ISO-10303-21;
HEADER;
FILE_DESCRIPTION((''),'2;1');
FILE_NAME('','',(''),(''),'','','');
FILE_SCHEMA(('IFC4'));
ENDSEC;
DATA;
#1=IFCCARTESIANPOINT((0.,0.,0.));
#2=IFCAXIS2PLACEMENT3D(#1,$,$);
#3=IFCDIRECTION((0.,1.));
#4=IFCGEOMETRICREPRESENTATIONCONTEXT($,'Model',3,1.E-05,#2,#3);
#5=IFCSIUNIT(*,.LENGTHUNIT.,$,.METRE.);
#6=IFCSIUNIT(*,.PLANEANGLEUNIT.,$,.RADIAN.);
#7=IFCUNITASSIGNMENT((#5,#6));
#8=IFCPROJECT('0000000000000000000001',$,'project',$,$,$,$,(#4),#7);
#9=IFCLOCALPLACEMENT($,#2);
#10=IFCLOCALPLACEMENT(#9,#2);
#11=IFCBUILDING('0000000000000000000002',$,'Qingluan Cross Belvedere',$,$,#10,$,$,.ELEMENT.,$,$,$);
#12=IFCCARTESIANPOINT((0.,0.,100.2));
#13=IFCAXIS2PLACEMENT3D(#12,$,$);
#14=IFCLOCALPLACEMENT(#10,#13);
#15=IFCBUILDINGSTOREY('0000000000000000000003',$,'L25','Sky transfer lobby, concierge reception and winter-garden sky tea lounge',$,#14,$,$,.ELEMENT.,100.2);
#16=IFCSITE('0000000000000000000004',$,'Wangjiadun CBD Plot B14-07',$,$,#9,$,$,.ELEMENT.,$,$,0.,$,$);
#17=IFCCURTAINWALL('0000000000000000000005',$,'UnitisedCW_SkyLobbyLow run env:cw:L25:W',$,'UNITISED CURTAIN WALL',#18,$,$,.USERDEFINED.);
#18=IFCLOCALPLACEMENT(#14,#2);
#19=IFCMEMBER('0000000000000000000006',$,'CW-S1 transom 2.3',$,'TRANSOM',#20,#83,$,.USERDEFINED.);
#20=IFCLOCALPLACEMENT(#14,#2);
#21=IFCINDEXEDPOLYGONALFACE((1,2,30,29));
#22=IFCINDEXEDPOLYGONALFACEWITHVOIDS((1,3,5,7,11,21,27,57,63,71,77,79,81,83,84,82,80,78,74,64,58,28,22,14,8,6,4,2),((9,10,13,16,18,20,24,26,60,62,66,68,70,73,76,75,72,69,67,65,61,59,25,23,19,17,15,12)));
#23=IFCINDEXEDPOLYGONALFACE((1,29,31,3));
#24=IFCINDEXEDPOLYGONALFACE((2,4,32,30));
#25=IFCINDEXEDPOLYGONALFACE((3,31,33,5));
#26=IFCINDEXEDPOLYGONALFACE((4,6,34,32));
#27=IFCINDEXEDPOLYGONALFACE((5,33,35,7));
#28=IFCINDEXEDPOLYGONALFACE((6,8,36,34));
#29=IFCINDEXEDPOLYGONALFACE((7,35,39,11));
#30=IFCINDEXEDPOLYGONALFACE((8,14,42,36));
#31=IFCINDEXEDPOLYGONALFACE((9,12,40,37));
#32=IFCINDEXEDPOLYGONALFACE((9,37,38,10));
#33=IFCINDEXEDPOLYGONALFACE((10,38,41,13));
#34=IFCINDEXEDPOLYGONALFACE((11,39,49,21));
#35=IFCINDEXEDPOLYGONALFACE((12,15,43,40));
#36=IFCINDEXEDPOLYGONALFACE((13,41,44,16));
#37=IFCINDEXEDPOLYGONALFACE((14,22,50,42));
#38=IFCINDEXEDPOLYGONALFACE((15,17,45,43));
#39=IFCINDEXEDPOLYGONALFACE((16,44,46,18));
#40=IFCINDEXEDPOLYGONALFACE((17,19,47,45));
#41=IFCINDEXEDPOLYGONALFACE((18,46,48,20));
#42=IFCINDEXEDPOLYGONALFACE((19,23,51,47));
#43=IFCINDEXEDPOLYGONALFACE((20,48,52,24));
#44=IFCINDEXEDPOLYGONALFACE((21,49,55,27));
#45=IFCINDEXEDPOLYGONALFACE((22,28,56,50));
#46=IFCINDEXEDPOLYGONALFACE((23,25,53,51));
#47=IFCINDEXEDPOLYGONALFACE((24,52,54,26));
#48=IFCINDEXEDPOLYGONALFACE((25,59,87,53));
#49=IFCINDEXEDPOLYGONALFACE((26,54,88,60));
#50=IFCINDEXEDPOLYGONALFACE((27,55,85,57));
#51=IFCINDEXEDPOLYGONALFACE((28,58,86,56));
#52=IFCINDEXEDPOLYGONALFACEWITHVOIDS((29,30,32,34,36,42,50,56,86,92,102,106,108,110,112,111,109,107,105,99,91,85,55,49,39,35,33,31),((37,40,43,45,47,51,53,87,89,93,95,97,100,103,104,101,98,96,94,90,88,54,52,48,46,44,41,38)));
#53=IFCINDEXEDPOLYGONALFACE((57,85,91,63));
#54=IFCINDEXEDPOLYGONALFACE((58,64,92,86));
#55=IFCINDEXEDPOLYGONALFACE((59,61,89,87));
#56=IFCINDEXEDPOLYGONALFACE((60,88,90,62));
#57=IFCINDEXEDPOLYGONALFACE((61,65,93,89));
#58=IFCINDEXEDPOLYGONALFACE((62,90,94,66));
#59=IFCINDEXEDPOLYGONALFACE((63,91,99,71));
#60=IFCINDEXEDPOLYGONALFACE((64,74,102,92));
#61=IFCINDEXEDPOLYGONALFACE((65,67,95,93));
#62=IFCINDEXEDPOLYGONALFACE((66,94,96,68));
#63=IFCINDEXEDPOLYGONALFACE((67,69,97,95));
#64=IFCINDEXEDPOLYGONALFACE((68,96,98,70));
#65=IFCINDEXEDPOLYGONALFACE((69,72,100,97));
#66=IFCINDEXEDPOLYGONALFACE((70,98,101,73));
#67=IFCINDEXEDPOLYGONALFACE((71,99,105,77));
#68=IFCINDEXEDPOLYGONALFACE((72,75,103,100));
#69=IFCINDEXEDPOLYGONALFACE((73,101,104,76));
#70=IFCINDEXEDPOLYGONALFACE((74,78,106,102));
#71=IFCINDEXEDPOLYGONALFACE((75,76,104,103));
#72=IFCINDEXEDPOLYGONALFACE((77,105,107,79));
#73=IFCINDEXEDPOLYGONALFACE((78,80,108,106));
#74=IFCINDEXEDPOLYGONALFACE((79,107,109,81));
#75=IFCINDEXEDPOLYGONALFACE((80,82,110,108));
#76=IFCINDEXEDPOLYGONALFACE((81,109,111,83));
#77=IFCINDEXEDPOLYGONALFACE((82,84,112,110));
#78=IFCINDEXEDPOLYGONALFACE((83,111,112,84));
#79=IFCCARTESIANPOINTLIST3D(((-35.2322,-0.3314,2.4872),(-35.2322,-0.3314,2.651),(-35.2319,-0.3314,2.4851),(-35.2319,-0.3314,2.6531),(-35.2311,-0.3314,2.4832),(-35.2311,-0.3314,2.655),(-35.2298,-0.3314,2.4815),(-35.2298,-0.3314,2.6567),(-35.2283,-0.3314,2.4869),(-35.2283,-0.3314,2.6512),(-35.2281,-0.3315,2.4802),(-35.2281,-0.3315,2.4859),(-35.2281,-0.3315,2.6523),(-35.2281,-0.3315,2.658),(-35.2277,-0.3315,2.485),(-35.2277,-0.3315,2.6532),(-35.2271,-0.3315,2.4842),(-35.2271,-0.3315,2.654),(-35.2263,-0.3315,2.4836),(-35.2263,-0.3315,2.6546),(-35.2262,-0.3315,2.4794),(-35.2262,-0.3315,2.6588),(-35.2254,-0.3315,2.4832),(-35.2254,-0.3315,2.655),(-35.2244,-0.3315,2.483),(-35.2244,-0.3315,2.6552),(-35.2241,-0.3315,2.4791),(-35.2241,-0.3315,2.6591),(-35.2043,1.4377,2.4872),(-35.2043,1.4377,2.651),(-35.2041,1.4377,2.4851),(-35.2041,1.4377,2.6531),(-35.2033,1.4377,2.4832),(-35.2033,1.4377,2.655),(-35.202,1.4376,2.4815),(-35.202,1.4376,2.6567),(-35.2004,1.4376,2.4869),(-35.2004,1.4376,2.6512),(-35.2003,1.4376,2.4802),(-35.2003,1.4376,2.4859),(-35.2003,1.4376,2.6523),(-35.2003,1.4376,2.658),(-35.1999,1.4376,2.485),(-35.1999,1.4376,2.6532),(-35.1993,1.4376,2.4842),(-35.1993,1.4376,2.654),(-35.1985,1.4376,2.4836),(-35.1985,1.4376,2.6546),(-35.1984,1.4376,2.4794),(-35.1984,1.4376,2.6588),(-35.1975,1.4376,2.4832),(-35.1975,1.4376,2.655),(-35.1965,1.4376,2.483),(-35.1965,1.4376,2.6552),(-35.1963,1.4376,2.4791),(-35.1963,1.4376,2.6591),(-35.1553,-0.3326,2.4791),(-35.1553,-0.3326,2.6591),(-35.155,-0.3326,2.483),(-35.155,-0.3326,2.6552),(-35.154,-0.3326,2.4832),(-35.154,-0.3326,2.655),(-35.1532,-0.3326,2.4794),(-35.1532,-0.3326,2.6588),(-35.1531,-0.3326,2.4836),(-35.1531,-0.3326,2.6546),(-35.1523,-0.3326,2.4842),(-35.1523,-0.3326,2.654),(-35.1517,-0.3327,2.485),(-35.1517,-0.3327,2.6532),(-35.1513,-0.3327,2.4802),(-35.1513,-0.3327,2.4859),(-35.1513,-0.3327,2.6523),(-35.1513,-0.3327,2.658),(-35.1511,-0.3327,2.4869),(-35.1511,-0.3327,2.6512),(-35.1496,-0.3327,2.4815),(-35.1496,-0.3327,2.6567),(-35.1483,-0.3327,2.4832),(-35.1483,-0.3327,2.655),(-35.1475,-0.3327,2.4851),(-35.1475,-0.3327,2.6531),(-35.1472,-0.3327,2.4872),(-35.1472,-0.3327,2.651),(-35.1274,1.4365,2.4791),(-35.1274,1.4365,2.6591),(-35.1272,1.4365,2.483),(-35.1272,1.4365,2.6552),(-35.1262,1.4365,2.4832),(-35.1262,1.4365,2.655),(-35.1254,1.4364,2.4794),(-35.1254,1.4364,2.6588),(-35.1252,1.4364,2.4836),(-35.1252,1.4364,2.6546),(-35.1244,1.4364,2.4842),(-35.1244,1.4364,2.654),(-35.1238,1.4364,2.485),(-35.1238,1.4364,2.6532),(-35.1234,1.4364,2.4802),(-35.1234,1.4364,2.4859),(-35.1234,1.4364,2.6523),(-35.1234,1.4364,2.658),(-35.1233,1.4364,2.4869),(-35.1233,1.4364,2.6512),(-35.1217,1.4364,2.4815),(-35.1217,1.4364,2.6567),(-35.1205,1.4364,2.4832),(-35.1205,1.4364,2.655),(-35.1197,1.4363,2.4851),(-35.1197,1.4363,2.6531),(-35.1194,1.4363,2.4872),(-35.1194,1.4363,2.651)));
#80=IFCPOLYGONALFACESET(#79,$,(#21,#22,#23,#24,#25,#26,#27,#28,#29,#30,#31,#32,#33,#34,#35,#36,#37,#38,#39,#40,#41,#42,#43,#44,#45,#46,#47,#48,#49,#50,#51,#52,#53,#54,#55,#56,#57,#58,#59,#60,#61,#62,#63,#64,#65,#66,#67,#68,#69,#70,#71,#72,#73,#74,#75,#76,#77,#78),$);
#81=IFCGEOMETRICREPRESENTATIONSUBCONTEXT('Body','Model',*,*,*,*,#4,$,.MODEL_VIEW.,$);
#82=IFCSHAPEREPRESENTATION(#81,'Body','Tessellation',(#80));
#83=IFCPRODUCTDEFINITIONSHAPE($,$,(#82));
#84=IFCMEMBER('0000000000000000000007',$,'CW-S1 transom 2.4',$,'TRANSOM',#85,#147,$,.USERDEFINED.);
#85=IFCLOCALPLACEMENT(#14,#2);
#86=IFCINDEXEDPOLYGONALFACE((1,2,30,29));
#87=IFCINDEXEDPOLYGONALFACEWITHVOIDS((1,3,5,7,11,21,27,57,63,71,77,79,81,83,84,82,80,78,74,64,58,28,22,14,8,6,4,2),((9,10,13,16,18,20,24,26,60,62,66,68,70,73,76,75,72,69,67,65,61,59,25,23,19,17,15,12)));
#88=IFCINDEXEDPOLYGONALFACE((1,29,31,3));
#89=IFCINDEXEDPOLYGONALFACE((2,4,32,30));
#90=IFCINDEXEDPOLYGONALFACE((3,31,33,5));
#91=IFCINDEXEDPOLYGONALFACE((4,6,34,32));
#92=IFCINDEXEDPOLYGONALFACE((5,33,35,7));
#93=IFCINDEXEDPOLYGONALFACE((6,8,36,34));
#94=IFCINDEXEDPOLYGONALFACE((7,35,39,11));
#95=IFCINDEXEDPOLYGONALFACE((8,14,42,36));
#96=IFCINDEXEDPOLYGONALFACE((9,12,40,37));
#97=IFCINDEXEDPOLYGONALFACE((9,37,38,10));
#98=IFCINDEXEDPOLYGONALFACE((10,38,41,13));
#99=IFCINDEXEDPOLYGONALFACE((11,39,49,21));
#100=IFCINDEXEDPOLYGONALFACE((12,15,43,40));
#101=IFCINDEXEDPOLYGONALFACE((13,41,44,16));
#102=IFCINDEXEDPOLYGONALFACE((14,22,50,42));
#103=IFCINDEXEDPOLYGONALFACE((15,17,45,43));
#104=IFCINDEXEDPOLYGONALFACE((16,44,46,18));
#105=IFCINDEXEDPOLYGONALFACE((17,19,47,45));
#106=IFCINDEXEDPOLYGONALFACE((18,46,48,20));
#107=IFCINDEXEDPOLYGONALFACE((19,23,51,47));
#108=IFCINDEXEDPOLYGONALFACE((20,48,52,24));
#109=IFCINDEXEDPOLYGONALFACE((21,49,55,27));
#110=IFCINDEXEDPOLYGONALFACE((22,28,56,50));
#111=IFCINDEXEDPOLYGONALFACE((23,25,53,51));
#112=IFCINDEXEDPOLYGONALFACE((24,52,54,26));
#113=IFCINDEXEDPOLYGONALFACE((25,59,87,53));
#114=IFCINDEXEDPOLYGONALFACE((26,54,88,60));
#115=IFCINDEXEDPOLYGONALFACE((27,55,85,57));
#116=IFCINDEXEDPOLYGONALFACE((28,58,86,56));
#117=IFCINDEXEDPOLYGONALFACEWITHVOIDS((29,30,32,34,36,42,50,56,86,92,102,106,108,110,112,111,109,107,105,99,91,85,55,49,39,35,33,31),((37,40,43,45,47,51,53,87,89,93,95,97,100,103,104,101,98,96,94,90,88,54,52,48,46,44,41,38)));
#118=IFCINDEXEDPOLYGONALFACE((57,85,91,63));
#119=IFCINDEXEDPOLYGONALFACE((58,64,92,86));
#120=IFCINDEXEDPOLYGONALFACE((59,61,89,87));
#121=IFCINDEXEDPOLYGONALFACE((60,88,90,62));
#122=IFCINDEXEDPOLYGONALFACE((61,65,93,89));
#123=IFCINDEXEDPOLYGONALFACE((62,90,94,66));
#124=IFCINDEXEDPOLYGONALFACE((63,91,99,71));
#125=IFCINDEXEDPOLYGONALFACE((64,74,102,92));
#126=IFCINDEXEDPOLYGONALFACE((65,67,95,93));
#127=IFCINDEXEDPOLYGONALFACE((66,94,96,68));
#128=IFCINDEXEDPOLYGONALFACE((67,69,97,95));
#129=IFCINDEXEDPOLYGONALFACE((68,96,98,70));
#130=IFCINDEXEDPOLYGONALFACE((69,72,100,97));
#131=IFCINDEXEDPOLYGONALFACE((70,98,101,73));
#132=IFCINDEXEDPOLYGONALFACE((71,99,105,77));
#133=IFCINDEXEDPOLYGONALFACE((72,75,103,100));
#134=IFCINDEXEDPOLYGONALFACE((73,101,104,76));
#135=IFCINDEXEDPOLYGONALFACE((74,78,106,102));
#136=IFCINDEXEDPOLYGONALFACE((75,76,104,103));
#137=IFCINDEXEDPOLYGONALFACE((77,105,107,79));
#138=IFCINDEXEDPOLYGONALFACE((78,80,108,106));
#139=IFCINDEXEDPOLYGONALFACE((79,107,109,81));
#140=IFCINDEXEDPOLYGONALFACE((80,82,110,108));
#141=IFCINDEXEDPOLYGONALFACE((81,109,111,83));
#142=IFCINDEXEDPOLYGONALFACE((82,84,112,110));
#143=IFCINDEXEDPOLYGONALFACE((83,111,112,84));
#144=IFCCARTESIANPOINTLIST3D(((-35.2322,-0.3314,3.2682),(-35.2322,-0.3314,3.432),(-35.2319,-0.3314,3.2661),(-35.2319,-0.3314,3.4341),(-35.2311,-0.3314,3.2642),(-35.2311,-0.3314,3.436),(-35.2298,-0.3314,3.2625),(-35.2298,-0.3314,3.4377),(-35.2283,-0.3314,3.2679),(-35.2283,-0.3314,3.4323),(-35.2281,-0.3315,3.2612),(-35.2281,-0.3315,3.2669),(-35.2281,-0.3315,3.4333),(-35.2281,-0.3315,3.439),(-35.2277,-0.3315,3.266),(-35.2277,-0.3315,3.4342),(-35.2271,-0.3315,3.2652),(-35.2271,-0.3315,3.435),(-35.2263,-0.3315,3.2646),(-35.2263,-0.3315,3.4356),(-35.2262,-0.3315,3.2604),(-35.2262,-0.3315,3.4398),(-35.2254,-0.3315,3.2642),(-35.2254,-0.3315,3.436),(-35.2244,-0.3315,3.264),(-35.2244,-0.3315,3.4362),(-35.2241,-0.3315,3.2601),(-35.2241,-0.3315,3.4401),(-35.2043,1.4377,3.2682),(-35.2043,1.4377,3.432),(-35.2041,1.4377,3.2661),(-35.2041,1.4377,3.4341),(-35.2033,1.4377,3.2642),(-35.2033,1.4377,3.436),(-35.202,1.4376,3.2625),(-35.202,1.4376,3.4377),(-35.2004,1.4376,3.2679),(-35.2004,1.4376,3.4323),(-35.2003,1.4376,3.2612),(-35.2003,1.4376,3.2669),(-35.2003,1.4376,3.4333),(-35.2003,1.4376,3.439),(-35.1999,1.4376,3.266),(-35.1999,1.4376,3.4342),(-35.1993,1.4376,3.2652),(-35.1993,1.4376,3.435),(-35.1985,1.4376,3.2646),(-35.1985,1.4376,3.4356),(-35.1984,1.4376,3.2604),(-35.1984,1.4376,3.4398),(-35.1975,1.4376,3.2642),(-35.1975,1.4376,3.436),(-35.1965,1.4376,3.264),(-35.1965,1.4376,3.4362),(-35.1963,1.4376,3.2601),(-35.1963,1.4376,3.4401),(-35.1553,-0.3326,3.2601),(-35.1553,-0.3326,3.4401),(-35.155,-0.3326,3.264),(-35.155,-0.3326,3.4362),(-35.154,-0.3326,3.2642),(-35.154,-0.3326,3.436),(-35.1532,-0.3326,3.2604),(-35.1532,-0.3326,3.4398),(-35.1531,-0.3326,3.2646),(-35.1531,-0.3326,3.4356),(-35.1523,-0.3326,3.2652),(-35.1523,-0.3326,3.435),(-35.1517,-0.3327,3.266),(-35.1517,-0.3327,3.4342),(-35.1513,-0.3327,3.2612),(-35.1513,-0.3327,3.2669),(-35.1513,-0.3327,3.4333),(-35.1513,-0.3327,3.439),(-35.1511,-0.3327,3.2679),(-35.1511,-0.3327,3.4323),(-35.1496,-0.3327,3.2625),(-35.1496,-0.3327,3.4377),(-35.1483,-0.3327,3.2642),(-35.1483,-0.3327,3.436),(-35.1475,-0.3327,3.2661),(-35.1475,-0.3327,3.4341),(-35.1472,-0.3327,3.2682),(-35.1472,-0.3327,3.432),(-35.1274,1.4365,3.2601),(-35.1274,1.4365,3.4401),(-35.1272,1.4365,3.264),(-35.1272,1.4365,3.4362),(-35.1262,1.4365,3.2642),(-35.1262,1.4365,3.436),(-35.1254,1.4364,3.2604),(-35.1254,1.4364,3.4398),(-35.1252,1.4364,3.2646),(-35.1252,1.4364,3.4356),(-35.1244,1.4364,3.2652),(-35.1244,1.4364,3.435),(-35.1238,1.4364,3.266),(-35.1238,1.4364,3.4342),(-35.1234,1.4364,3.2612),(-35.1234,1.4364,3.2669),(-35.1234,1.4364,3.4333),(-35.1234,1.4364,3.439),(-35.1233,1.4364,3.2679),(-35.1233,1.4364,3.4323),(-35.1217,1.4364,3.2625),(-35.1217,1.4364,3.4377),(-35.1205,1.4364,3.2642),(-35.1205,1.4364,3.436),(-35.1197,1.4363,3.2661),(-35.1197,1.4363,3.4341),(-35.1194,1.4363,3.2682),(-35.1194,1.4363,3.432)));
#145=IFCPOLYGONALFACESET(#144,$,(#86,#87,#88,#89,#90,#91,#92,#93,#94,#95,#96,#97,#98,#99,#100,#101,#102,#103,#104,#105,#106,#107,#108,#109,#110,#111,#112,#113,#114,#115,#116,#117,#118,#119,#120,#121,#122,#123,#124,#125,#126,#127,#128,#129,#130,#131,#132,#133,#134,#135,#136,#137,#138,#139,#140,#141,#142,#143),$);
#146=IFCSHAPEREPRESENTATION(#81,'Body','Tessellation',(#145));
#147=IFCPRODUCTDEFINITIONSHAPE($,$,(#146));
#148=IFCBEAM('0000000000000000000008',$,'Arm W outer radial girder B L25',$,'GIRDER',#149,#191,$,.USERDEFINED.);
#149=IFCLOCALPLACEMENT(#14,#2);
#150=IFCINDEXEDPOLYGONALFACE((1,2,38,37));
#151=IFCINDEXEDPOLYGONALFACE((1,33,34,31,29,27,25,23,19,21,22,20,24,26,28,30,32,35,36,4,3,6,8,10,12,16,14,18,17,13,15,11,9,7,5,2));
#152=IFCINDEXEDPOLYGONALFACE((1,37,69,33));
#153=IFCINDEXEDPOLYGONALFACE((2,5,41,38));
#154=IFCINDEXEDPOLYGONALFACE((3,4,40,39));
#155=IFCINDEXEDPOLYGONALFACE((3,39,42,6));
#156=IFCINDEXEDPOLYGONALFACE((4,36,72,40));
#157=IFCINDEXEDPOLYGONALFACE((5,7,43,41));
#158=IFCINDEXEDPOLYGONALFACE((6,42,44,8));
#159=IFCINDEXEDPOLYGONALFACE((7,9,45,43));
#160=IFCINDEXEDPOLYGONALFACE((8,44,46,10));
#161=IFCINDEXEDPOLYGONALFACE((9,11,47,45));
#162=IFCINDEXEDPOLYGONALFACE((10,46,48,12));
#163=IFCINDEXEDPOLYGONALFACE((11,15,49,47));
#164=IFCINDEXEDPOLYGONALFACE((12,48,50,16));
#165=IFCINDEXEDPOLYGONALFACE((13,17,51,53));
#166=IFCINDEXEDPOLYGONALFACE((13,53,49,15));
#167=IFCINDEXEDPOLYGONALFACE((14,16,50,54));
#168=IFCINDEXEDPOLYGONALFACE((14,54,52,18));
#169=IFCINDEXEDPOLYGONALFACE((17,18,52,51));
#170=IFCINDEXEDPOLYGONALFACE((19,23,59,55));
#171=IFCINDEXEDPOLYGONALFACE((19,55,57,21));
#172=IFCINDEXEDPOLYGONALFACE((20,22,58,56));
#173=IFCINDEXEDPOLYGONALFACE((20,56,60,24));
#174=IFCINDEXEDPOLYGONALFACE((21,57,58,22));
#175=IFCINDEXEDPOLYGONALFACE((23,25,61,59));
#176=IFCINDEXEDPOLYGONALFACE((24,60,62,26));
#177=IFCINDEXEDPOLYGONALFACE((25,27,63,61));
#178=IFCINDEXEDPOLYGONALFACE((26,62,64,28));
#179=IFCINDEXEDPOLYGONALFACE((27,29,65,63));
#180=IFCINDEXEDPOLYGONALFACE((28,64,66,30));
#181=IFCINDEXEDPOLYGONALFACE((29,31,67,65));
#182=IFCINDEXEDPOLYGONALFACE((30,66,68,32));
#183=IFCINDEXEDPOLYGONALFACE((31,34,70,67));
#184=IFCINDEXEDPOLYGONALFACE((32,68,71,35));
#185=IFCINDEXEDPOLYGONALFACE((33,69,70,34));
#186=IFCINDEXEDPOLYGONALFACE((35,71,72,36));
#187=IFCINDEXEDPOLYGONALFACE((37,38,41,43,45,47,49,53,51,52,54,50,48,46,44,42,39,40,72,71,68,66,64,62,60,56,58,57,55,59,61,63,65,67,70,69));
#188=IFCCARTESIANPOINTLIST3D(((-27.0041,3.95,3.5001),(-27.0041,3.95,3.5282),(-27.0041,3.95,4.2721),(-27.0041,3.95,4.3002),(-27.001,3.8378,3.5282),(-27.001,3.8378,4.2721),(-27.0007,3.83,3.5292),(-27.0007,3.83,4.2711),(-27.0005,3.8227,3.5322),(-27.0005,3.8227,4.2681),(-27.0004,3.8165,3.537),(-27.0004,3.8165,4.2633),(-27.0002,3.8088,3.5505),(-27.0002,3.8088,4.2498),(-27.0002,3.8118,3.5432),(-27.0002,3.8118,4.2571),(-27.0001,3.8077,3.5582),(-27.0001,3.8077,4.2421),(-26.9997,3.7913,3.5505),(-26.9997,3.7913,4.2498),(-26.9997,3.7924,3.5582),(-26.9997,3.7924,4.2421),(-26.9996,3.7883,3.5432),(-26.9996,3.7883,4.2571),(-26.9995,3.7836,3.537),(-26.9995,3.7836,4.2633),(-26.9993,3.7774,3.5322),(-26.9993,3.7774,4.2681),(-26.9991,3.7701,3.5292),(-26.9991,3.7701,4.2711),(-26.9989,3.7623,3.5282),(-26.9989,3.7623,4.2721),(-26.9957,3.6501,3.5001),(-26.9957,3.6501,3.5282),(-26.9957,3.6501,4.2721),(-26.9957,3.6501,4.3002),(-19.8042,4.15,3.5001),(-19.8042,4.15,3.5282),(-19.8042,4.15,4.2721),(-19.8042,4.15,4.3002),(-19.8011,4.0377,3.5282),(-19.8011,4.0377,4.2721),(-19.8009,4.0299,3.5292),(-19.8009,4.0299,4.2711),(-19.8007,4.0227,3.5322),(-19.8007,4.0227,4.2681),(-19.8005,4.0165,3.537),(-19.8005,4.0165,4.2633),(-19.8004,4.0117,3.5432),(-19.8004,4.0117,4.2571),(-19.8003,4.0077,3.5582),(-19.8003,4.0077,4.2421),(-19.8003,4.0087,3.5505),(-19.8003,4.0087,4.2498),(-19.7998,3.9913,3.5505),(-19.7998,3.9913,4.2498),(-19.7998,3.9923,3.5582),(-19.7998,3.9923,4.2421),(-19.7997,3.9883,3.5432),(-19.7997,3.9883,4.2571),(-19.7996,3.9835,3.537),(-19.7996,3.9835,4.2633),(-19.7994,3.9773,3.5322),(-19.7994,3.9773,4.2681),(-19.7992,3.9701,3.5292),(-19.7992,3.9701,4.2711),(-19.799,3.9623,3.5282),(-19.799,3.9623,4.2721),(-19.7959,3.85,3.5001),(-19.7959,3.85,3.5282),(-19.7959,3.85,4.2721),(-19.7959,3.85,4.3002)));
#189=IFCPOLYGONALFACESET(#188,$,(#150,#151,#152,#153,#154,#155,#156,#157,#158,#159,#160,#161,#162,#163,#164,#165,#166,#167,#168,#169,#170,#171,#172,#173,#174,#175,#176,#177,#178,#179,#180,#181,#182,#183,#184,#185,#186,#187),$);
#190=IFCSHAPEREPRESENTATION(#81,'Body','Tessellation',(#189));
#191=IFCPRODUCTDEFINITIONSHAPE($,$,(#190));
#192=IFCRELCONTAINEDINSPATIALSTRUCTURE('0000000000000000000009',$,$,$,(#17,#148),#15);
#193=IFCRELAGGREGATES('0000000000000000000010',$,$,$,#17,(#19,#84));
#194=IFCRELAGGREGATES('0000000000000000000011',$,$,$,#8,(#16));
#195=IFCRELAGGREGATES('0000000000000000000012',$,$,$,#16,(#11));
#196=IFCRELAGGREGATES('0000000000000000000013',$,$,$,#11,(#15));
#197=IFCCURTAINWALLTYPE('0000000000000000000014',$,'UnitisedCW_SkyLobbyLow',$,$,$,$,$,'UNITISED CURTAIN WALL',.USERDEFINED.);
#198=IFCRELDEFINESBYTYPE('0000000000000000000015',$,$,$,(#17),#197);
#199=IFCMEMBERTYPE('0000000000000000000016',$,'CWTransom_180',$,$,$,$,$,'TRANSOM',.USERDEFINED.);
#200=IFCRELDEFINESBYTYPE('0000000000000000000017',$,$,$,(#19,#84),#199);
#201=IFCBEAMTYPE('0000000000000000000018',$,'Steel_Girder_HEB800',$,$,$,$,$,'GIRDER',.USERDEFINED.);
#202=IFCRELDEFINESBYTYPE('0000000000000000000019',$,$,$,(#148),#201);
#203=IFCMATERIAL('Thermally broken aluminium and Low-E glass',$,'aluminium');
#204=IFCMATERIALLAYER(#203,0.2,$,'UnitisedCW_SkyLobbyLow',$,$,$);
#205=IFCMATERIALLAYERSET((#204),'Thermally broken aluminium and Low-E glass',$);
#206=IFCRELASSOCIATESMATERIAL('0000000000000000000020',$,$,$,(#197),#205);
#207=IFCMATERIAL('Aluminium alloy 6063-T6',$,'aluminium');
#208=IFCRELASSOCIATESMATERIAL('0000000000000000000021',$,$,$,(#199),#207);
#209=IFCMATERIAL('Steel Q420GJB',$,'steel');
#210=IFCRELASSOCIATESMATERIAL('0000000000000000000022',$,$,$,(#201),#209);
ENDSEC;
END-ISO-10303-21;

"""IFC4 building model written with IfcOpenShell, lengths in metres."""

from ifc_helpers import new_model, si_unit, direction, frame, origin, origin_2d, place, context, subcontext, project, spatial, hollow_rectangle, i_section, extrude, material, layer, layer_set, material_profile, profile_set, type_object, element, aggregate, save


model = new_model("IFC4")

# Units and contexts
model_context = context("Model", 3, precision=1e-05, world=origin(), true_north=direction((0.0, 1.0)))
body_context = subcontext(model_context, "Body", "Model", "MODEL_VIEW")
ifc_project = project(units=[si_unit("LENGTHUNIT", "METRE"), si_unit("PLANEANGLEUNIT", "RADIAN")], contexts=[model_context])

# Site, building, storey
site_placement = place(None, origin())
site = spatial("IfcSite", under=ifc_project, at=site_placement, Name="Wangjiadun CBD Plot B14-07", CompositionType="ELEMENT", RefElevation=0.0)
building_placement = place(site_placement, origin())
building = spatial("IfcBuilding", under=site, at=building_placement, Name="Qingluan Cross Belvedere", CompositionType="ELEMENT")
storey_placement = place(building_placement, frame((0.0, 0.0, 100.2)))
storey = spatial("IfcBuildingStorey", under=building, at=storey_placement, Name="L25", Description="Sky transfer lobby, concierge reception and winter-garden sky tea lounge", CompositionType="ELEMENT", Elevation=100.2)

# Curtain wall, members
ifc_material_1 = material(Name="Thermally broken aluminium and Low-E glass", Category="aluminium")
ifc_layer_1 = layer(ifc_material_1, 0.2, Name="UnitisedCW_SkyLobbyLow")
ifc_layer_set_1 = layer_set([ifc_layer_1], Name="Thermally broken aluminium and Low-E glass")
curtain_wall_type = type_object("IfcCurtainWallType", Name="UnitisedCW_SkyLobbyLow", ElementType="UNITISED CURTAIN WALL", PredefinedType="USERDEFINED", material=ifc_layer_set_1)
curtain_wall_placement = place(storey_placement, origin())
curtain_wall = element("IfcCurtainWall", 1, at=curtain_wall_placement, inside=storey, type_object=curtain_wall_type, Name="UnitisedCW_SkyLobbyLow run env:cw:L25:W", ObjectType="UNITISED CURTAIN WALL", PredefinedType="USERDEFINED")
ifc_material_2 = material(Name="Aluminium alloy 6063-T6", Category="aluminium")
ifc_material_profile_1 = material_profile(ifc_material_2, hollow_rectangle(XDim=0.085, YDim=0.1799, WallThickness=0.0039, InnerFilletRadius=0.0039, OuterFilletRadius=0.0081, at=origin_2d()), Name="CWT180x85x4")
ifc_profile_set_1 = profile_set([ifc_material_profile_1], Name="Aluminium alloy 6063-T6")
member_type_1 = type_object("IfcMemberType", Name="CWTransom_180", ElementType="TRANSOM", PredefinedType="USERDEFINED", material=ifc_profile_set_1)
member_1_placement = place(storey_placement, frame((-35.1619, 1.437, 2.5691), z_axis=(-0.015731, -0.999876, 0.0), x_axis=(0.999876, -0.015731, 0.0)))
member_1 = element("IfcMember", 2, at=member_1_placement, type_object=member_type_1, Name="CW-S1 transom 2.3", ObjectType="TRANSOM", PredefinedType="USERDEFINED", context=body_context, shape_type="SweptSolid", body=[
    extrude(hollow_rectangle(XDim=0.085, YDim=0.1799, WallThickness=0.0039, InnerFilletRadius=0.0039, OuterFilletRadius=0.0081, at=origin_2d()), origin(), (0.0, 0.0, 1.0), 1.7693),
])
member_2_placement = place(storey_placement, frame((-35.1619, 1.437, 3.3501), z_axis=(-0.015731, -0.999876, 0.0), x_axis=(0.999876, -0.015731, 0.0)))
member_2 = element("IfcMember", 3, at=member_2_placement, type_object=member_type_1, Name="CW-S1 transom 2.4", ObjectType="TRANSOM", PredefinedType="USERDEFINED", context=body_context, shape_type="SweptSolid", body=[
    extrude(hollow_rectangle(XDim=0.085, YDim=0.1799, WallThickness=0.0039, InnerFilletRadius=0.0039, OuterFilletRadius=0.0081, at=origin_2d()), origin(), (0.0, 0.0, 1.0), 1.7693),
])

# Beam
ifc_material_3 = material(Name="Steel Q420GJB", Category="steel")
ifc_material_profile_2 = material_profile(ifc_material_3, i_section(OverallWidth=0.3, OverallDepth=0.8, WebThickness=0.0154, FlangeThickness=0.0281, FilletRadius=0.03, at=origin_2d()), Name="HEB800")
ifc_profile_set_2 = profile_set([ifc_material_profile_2], Name="Steel Q420GJB")
beam_type = type_object("IfcBeamType", Name="Steel_Girder_HEB800", ElementType="GIRDER", PredefinedType="USERDEFINED", material=ifc_profile_set_2)
beam_placement = place(storey_placement, frame((-19.8, 4.0, 3.9001), z_axis=(-0.999615, -0.02776, 0.0), x_axis=(0.02776, -0.999615, 0.0)))
element("IfcBeam", 4, at=beam_placement, inside=storey, type_object=beam_type, Name="Arm W outer radial girder B L25", ObjectType="GIRDER", PredefinedType="USERDEFINED", context=body_context, shape_type="SweptSolid", body=[
    extrude(i_section(OverallWidth=0.3, OverallDepth=0.8, WebThickness=0.0154, FlangeThickness=0.0281, FilletRadius=0.03, at=origin_2d()), origin(), (0.0, 0.0, 1.0), 7.2026),
])

aggregate(curtain_wall, [member_1, member_2])

save(model, "model.ifc")
